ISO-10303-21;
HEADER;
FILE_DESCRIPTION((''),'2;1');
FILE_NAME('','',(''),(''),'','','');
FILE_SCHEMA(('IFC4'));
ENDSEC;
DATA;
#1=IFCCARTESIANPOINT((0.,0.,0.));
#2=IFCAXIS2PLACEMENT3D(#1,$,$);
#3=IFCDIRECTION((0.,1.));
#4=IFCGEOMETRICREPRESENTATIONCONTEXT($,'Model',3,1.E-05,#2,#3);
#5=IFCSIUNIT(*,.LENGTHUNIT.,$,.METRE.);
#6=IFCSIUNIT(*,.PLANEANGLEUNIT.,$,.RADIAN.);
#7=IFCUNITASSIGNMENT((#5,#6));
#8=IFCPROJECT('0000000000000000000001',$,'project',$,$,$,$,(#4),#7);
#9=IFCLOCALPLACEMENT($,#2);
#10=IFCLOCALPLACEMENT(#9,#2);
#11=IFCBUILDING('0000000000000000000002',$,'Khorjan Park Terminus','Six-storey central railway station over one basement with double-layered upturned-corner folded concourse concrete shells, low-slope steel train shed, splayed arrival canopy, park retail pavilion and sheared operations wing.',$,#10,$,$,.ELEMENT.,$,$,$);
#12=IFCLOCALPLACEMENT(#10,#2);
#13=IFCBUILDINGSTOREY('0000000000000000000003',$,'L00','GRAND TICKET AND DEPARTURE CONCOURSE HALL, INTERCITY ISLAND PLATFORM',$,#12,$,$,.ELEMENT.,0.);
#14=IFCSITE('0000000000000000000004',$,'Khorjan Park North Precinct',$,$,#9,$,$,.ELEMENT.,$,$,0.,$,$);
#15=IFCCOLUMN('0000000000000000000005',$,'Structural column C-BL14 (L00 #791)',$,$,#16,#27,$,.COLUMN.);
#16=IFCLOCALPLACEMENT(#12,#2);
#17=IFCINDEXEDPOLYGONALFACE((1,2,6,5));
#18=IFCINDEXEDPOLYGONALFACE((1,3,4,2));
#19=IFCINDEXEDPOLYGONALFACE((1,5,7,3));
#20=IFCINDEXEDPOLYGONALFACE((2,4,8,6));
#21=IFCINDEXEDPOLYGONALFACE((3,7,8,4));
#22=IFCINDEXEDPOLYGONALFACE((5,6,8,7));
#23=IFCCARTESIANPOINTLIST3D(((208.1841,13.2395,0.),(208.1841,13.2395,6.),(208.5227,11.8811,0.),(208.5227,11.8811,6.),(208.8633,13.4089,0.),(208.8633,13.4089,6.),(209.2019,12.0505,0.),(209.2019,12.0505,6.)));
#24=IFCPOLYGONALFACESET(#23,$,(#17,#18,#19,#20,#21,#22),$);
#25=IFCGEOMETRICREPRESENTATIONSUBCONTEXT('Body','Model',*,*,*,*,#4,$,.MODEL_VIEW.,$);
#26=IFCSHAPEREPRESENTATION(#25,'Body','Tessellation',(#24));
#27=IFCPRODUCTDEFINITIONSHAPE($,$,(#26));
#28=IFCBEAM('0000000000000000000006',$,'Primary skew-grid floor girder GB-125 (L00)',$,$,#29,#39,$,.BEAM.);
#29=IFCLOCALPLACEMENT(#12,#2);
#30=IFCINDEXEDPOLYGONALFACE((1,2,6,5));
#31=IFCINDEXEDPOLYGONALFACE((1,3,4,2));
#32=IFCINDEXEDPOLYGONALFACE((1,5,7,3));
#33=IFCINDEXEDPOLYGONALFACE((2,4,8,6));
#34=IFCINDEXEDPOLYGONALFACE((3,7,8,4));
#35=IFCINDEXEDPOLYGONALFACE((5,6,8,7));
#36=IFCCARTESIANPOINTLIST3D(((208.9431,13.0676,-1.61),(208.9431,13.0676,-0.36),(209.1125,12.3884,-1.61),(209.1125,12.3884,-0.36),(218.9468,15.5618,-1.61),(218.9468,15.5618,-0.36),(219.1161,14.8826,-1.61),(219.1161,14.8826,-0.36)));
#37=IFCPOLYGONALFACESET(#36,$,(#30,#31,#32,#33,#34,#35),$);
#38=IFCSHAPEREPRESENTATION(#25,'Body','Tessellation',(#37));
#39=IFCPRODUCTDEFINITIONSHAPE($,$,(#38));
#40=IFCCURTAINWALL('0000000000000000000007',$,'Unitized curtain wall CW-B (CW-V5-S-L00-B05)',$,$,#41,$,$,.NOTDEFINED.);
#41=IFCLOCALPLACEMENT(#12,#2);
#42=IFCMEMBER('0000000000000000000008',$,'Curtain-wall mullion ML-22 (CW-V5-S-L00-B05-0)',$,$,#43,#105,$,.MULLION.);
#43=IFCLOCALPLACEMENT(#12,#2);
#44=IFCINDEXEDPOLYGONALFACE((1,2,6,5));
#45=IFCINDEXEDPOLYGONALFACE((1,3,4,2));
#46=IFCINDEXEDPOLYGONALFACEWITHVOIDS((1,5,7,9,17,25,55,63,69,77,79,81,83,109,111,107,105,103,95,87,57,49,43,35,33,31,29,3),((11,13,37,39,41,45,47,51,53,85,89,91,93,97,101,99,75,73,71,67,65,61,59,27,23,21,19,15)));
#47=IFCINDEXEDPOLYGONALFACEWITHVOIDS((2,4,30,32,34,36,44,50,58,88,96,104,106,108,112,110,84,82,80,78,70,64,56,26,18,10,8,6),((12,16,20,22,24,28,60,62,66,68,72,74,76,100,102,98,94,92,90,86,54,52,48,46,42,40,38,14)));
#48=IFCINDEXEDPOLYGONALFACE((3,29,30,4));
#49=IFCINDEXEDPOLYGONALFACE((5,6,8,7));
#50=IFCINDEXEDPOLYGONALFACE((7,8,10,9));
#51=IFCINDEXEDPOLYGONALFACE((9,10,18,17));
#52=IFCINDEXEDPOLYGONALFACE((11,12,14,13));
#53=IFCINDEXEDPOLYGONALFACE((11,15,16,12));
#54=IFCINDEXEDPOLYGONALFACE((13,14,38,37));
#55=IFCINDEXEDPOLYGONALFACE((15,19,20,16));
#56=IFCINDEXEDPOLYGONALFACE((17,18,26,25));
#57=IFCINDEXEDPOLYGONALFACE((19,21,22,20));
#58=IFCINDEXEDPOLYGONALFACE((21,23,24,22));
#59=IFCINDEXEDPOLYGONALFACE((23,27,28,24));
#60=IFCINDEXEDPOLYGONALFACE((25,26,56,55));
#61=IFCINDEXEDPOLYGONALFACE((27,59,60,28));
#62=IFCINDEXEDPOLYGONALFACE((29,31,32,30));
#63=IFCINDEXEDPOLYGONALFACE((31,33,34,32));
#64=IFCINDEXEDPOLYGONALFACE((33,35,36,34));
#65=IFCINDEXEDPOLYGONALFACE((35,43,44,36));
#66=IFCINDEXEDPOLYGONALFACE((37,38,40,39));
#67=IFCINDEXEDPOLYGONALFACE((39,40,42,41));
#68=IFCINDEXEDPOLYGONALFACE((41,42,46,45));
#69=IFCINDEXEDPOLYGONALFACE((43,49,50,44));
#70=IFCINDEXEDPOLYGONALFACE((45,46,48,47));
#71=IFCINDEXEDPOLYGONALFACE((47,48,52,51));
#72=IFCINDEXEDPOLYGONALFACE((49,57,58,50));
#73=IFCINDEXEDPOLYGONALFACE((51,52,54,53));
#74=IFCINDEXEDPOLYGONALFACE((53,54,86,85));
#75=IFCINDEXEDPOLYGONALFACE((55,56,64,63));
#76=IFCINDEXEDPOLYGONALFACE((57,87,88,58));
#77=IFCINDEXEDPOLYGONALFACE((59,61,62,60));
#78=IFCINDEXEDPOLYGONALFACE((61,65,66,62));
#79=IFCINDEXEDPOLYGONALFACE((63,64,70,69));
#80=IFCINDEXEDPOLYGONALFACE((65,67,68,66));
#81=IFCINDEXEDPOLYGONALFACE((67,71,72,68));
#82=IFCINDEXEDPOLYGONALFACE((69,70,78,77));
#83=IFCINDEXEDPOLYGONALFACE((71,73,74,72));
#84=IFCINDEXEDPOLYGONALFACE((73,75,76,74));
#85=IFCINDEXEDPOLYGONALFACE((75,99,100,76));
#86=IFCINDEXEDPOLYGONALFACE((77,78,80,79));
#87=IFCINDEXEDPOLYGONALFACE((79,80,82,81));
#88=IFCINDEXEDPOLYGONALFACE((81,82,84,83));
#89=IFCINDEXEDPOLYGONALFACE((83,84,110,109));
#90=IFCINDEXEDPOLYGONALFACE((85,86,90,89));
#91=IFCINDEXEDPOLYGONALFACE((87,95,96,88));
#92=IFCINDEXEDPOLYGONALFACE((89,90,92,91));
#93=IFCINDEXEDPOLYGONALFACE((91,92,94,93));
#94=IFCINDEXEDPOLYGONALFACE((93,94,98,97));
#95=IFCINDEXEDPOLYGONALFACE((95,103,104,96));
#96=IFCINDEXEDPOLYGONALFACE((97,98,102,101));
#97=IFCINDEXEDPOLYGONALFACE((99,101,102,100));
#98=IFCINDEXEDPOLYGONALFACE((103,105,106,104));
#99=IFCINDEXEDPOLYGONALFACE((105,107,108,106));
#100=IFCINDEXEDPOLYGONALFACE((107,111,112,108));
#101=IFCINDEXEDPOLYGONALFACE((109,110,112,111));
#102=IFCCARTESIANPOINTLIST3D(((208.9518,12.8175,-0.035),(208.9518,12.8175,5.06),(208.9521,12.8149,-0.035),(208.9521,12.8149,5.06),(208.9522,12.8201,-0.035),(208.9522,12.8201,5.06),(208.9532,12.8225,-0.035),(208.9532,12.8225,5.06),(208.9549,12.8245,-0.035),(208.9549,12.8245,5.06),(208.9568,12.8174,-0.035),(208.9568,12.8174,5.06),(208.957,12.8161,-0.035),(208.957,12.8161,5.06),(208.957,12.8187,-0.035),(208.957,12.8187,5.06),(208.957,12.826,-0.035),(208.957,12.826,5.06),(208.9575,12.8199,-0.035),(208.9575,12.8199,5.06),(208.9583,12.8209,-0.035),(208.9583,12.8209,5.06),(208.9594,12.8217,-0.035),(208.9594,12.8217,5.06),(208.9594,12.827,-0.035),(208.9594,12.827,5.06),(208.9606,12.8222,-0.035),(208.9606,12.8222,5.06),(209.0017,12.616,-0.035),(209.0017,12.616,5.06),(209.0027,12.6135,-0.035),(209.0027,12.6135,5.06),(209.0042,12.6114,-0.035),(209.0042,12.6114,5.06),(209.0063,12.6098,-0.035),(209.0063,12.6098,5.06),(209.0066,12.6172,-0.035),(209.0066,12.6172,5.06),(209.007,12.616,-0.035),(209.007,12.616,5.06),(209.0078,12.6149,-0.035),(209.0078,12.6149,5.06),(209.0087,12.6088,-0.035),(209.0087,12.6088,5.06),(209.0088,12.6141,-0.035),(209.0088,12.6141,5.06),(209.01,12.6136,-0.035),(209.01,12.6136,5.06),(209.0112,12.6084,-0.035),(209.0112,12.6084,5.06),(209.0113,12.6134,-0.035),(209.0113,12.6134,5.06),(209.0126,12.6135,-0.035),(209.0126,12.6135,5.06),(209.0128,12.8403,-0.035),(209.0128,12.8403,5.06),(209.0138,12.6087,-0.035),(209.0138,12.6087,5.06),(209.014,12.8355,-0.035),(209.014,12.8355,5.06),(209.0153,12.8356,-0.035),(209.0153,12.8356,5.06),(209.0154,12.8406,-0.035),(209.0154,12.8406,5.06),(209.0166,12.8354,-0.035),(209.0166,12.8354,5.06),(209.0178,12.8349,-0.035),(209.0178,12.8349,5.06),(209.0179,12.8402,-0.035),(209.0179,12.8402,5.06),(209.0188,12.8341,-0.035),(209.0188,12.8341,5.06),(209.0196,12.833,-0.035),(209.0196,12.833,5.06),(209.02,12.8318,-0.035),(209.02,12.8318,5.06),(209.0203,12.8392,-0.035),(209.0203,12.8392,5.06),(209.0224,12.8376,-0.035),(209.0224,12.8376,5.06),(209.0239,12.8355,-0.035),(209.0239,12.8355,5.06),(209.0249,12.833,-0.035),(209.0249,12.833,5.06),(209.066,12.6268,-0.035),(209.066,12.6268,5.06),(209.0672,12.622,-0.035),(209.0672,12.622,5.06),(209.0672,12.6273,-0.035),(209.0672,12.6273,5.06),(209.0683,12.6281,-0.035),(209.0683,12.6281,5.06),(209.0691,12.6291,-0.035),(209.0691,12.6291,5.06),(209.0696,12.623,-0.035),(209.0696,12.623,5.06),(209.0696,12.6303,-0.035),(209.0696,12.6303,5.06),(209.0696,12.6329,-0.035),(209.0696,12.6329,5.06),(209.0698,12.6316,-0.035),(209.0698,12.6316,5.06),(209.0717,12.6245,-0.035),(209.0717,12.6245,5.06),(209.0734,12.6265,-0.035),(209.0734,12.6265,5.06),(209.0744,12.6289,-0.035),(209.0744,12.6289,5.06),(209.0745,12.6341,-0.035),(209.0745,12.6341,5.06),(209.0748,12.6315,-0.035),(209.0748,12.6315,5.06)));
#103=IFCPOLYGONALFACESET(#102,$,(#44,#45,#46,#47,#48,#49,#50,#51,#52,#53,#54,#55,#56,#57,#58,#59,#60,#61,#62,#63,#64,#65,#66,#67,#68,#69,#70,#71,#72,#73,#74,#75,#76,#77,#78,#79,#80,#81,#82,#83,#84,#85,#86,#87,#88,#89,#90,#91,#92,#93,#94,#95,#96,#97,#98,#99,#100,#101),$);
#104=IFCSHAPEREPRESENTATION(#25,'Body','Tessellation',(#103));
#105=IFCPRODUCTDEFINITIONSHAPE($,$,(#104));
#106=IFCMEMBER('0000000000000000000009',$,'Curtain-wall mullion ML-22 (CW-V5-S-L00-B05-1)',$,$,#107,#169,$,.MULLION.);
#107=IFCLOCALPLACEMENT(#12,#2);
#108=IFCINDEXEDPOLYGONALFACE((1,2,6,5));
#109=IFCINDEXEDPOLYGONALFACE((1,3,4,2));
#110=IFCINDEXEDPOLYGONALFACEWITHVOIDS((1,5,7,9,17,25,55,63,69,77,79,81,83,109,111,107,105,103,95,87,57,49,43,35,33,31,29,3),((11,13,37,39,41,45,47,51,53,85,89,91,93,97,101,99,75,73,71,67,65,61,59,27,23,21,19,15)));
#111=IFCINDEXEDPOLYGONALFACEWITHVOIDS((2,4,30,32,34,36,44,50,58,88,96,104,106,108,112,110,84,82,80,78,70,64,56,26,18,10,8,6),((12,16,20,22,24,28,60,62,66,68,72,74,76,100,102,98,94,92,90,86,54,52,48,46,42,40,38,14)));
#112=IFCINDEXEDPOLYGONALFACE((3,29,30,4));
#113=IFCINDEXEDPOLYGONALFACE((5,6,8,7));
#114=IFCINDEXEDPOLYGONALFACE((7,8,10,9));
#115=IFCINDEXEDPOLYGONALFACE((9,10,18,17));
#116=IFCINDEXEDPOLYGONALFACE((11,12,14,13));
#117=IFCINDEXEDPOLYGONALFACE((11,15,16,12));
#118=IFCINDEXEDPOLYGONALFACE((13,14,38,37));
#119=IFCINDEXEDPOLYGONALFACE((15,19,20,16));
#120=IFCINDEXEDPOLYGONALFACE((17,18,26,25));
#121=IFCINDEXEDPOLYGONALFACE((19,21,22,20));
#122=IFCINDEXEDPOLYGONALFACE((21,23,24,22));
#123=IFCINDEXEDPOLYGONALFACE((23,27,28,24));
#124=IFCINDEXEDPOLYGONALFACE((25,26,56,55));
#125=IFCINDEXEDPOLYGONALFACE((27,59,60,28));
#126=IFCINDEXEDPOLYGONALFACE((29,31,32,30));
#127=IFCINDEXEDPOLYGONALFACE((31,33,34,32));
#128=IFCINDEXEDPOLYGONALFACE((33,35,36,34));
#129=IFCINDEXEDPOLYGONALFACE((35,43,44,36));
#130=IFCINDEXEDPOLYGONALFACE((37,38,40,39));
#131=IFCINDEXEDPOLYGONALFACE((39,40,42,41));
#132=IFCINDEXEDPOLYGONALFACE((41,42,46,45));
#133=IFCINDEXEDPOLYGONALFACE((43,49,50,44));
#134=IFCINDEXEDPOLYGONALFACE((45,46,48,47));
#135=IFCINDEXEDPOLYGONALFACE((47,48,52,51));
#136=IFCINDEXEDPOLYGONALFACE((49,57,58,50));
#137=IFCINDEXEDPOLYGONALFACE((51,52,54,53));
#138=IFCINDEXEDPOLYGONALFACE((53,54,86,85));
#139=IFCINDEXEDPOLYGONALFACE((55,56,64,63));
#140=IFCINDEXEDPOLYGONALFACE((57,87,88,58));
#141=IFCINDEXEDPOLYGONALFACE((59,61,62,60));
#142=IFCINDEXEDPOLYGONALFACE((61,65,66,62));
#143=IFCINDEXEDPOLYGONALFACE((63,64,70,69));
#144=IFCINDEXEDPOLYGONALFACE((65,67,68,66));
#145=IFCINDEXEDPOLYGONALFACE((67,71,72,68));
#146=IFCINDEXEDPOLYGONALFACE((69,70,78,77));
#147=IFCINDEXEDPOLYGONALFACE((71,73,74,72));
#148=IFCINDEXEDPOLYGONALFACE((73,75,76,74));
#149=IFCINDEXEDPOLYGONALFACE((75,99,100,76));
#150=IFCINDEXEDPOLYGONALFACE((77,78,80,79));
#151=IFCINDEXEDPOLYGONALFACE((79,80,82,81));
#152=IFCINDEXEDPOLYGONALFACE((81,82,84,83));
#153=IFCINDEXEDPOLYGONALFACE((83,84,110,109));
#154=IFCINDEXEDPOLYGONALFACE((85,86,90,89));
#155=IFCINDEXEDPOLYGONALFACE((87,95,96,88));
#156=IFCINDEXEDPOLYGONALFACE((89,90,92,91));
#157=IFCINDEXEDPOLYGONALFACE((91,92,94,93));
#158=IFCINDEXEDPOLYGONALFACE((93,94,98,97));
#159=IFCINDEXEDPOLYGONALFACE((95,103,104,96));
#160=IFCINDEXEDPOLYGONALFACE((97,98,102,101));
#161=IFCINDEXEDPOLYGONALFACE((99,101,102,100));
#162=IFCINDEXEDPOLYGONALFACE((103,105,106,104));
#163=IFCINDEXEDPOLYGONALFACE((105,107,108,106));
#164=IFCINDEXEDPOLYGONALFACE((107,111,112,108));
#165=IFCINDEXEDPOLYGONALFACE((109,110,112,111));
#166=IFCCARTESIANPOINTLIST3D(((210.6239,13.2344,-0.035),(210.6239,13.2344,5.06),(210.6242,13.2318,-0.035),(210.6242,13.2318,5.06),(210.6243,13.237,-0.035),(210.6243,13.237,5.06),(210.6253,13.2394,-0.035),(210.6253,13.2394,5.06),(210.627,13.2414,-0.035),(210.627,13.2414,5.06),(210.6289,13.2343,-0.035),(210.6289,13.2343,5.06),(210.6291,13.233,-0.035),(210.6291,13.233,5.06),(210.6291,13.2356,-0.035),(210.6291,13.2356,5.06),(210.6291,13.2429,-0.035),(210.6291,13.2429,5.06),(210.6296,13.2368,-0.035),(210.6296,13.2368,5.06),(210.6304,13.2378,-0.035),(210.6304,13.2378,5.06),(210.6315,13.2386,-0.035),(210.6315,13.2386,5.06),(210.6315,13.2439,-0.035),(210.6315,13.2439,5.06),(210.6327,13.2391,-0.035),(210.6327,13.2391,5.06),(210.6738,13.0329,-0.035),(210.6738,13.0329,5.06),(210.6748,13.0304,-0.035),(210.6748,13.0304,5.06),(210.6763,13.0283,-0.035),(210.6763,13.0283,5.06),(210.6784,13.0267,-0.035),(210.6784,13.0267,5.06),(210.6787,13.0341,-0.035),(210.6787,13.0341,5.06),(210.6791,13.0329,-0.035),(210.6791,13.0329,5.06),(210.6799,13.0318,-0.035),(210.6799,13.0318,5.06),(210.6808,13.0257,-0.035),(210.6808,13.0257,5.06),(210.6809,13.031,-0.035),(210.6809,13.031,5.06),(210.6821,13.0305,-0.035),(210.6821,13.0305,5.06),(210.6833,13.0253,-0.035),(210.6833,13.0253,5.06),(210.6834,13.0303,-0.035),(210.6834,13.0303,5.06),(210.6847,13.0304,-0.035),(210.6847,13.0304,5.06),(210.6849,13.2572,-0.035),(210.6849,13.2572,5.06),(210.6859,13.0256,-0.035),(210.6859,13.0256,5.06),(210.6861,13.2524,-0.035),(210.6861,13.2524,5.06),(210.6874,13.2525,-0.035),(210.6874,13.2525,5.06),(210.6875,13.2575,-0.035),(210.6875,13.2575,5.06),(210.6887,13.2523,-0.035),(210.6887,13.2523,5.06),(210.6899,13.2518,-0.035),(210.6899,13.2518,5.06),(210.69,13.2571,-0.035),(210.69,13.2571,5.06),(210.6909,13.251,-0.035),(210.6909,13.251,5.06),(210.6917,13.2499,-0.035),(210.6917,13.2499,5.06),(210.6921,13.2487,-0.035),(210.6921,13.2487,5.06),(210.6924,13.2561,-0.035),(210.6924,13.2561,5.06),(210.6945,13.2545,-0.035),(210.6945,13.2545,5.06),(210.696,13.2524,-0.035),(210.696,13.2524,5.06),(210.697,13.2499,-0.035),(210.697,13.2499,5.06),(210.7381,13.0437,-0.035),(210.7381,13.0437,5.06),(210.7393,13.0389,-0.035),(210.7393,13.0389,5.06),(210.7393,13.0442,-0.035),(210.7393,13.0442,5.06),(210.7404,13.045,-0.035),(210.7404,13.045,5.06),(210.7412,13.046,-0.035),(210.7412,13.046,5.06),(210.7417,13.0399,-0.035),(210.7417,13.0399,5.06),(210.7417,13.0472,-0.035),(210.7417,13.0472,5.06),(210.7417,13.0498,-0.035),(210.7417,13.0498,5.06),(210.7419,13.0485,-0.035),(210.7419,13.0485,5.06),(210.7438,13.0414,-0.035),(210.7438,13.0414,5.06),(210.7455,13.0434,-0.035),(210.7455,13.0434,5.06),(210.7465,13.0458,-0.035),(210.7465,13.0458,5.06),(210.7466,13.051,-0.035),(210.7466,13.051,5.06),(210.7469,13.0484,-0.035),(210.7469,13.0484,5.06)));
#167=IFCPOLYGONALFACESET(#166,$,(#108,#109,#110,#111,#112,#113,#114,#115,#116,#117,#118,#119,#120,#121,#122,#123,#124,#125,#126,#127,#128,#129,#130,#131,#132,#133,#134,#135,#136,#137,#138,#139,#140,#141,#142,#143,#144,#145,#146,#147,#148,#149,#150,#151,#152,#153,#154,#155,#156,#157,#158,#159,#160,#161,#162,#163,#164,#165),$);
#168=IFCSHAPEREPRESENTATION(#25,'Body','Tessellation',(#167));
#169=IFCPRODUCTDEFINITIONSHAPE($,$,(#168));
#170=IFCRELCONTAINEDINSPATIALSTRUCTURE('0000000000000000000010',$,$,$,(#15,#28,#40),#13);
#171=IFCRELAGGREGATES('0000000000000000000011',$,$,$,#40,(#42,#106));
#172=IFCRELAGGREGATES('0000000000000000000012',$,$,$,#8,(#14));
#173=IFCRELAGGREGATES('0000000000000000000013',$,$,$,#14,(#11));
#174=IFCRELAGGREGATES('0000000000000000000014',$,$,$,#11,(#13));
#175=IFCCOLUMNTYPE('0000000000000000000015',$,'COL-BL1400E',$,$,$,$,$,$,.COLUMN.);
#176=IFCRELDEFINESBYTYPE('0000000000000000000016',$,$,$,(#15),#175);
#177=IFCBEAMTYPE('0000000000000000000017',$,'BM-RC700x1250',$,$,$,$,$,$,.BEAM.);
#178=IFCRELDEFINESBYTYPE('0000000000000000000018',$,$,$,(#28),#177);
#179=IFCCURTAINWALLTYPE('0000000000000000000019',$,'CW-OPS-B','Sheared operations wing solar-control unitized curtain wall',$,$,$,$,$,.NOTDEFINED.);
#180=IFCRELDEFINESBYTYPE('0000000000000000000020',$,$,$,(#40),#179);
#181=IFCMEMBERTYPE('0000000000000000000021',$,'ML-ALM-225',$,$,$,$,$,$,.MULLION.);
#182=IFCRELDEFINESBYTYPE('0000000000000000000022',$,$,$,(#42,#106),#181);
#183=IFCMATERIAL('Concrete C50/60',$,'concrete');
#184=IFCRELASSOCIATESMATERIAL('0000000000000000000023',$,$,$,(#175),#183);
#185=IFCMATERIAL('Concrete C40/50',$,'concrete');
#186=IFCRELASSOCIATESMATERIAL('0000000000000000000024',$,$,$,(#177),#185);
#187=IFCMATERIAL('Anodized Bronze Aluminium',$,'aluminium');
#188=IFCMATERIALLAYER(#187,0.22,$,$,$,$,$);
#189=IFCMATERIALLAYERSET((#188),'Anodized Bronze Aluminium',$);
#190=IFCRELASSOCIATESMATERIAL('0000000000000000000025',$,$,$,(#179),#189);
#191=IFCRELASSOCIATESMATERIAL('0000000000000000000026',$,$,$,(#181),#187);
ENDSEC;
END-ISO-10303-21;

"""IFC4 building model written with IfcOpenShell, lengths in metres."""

from ifc_helpers import new_model, si_unit, direction, frame, origin, origin_2d, place, context, subcontext, project, spatial, rectangle, hollow_rectangle, extrude, material, layer, layer_set, material_profile, profile_set, type_object, element, aggregate, save


model = new_model("IFC4")

# Units and contexts
model_context = context("Model", 3, precision=1e-05, world=origin(), true_north=direction((0.0, 1.0)))
body_context = subcontext(model_context, "Body", "Model", "MODEL_VIEW")
ifc_project = project(units=[si_unit("LENGTHUNIT", "METRE"), si_unit("PLANEANGLEUNIT", "RADIAN")], contexts=[model_context])

# Site, building, storey
site_placement = place(None, origin())
site = spatial("IfcSite", under=ifc_project, at=site_placement, Name="Khorjan Park North Precinct", CompositionType="ELEMENT", RefElevation=0.0)
building_placement = place(site_placement, origin())
building = spatial("IfcBuilding", under=site, at=building_placement, Name="Khorjan Park Terminus", Description="Six-storey central railway station over one basement with double-layered upturned-corner folded concourse concrete shells, low-slope steel train shed, splayed arrival canopy, park retail pavilion and sheared operations wing.", CompositionType="ELEMENT")
storey_placement = place(building_placement, origin())
storey = spatial("IfcBuildingStorey", under=building, at=storey_placement, Name="L00", Description="GRAND TICKET AND DEPARTURE CONCOURSE HALL, INTERCITY ISLAND PLATFORM", CompositionType="ELEMENT", Elevation=0.0)

# Column
ifc_material_1 = material(Name="Concrete C50/60", Category="concrete")
ifc_material_profile_1 = material_profile(ifc_material_1, rectangle(XDim=0.7, YDim=1.4, at=origin_2d()), Name="RC 700x1400")
ifc_profile_set_1 = profile_set([ifc_material_profile_1], Name="Concrete C50/60")
column_type = type_object("IfcColumnType", Name="COL-BL1400E", PredefinedType="COLUMN", material=ifc_profile_set_1)
column_placement = place(storey_placement, frame((208.693, 12.645, 0.0), z_axis=(0.0, 0.0, 1.0), x_axis=(0.970296, 0.241922, 0.0)))
element("IfcColumn", 1, at=column_placement, inside=storey, type_object=column_type, Name="Structural column C-BL14 (L00 #791)", PredefinedType="COLUMN", context=body_context, shape_type="SweptSolid", body=[
    extrude(rectangle(XDim=0.7, YDim=1.4, at=origin_2d()), origin(), (0.0, 0.0, 1.0), 6.0),
])

# Beam
ifc_material_2 = material(Name="Concrete C40/50", Category="concrete")
ifc_material_profile_2 = material_profile(ifc_material_2, rectangle(XDim=0.7, YDim=1.25, at=origin_2d()), Name="RC 700x1250")
ifc_profile_set_2 = profile_set([ifc_material_profile_2], Name="Concrete C40/50")
beam_type = type_object("IfcBeamType", Name="BM-RC700x1250", PredefinedType="BEAM", material=ifc_profile_set_2)
beam_placement = place(storey_placement, frame((209.0278, 12.728, -0.985), z_axis=(0.970296, 0.241922, 0.0), x_axis=(-0.241922, 0.970296, 0.0)))
element("IfcBeam", 2, at=beam_placement, inside=storey, type_object=beam_type, Name="Primary skew-grid floor girder GB-125 (L00)", PredefinedType="BEAM", context=body_context, shape_type="SweptSolid", body=[
    extrude(rectangle(XDim=0.7, YDim=1.25, at=origin_2d()), origin(), (0.0, 0.0, 1.0), 10.3099),
])

# Curtain wall, members
ifc_material_3 = material(Name="Anodized Bronze Aluminium", Category="aluminium")
ifc_layer_1 = layer(ifc_material_3, 0.22)
ifc_layer_set_1 = layer_set([ifc_layer_1], Name="Anodized Bronze Aluminium")
curtain_wall_type = type_object("IfcCurtainWallType", Name="CW-OPS-B", Description="Sheared operations wing solar-control unitized curtain wall", PredefinedType="NOTDEFINED", material=ifc_layer_set_1)
curtain_wall_placement = place(storey_placement, origin())
curtain_wall = element("IfcCurtainWall", 3, at=curtain_wall_placement, inside=storey, type_object=curtain_wall_type, Name="Unitized curtain wall CW-B (CW-V5-S-L00-B05)", PredefinedType="NOTDEFINED")
ifc_material_profile_3 = material_profile(ifc_material_3, hollow_rectangle(XDim=0.075, YDim=0.225, WallThickness=0.005, InnerFilletRadius=0.005, OuterFilletRadius=0.01, at=origin_2d()), Name="ALM 75x225x5")
ifc_profile_set_3 = profile_set([ifc_material_profile_3], Name="Anodized Bronze Aluminium")
member_type_1 = type_object("IfcMemberType", Name="ML-ALM-225", PredefinedType="MULLION", material=ifc_profile_set_3)
member_1_placement = place(storey_placement, frame((209.0133, 12.7245, -0.035), z_axis=(0.0, 0.0, 1.0), x_axis=(0.970298, 0.241912, 0.0)))
member_1 = element("IfcMember", 4, at=member_1_placement, type_object=member_type_1, Name="Curtain-wall mullion ML-22 (CW-V5-S-L00-B05-0)", PredefinedType="MULLION", context=body_context, shape_type="SweptSolid", body=[
    extrude(hollow_rectangle(XDim=0.075, YDim=0.225, WallThickness=0.005, InnerFilletRadius=0.005, OuterFilletRadius=0.01, at=origin_2d()), origin(), (0.0, 0.0, 1.0), 5.095),
])
member_2_placement = place(storey_placement, frame((210.6854, 13.1414, -0.035), z_axis=(0.0, 0.0, 1.0), x_axis=(0.970298, 0.241912, 0.0)))
member_2 = element("IfcMember", 5, at=member_2_placement, type_object=member_type_1, Name="Curtain-wall mullion ML-22 (CW-V5-S-L00-B05-1)", PredefinedType="MULLION", context=body_context, shape_type="SweptSolid", body=[
    extrude(hollow_rectangle(XDim=0.075, YDim=0.225, WallThickness=0.005, InnerFilletRadius=0.005, OuterFilletRadius=0.01, at=origin_2d()), origin(), (0.0, 0.0, 1.0), 5.095),
])
aggregate(curtain_wall, [member_1, member_2])

save(model, "model.ifc")
